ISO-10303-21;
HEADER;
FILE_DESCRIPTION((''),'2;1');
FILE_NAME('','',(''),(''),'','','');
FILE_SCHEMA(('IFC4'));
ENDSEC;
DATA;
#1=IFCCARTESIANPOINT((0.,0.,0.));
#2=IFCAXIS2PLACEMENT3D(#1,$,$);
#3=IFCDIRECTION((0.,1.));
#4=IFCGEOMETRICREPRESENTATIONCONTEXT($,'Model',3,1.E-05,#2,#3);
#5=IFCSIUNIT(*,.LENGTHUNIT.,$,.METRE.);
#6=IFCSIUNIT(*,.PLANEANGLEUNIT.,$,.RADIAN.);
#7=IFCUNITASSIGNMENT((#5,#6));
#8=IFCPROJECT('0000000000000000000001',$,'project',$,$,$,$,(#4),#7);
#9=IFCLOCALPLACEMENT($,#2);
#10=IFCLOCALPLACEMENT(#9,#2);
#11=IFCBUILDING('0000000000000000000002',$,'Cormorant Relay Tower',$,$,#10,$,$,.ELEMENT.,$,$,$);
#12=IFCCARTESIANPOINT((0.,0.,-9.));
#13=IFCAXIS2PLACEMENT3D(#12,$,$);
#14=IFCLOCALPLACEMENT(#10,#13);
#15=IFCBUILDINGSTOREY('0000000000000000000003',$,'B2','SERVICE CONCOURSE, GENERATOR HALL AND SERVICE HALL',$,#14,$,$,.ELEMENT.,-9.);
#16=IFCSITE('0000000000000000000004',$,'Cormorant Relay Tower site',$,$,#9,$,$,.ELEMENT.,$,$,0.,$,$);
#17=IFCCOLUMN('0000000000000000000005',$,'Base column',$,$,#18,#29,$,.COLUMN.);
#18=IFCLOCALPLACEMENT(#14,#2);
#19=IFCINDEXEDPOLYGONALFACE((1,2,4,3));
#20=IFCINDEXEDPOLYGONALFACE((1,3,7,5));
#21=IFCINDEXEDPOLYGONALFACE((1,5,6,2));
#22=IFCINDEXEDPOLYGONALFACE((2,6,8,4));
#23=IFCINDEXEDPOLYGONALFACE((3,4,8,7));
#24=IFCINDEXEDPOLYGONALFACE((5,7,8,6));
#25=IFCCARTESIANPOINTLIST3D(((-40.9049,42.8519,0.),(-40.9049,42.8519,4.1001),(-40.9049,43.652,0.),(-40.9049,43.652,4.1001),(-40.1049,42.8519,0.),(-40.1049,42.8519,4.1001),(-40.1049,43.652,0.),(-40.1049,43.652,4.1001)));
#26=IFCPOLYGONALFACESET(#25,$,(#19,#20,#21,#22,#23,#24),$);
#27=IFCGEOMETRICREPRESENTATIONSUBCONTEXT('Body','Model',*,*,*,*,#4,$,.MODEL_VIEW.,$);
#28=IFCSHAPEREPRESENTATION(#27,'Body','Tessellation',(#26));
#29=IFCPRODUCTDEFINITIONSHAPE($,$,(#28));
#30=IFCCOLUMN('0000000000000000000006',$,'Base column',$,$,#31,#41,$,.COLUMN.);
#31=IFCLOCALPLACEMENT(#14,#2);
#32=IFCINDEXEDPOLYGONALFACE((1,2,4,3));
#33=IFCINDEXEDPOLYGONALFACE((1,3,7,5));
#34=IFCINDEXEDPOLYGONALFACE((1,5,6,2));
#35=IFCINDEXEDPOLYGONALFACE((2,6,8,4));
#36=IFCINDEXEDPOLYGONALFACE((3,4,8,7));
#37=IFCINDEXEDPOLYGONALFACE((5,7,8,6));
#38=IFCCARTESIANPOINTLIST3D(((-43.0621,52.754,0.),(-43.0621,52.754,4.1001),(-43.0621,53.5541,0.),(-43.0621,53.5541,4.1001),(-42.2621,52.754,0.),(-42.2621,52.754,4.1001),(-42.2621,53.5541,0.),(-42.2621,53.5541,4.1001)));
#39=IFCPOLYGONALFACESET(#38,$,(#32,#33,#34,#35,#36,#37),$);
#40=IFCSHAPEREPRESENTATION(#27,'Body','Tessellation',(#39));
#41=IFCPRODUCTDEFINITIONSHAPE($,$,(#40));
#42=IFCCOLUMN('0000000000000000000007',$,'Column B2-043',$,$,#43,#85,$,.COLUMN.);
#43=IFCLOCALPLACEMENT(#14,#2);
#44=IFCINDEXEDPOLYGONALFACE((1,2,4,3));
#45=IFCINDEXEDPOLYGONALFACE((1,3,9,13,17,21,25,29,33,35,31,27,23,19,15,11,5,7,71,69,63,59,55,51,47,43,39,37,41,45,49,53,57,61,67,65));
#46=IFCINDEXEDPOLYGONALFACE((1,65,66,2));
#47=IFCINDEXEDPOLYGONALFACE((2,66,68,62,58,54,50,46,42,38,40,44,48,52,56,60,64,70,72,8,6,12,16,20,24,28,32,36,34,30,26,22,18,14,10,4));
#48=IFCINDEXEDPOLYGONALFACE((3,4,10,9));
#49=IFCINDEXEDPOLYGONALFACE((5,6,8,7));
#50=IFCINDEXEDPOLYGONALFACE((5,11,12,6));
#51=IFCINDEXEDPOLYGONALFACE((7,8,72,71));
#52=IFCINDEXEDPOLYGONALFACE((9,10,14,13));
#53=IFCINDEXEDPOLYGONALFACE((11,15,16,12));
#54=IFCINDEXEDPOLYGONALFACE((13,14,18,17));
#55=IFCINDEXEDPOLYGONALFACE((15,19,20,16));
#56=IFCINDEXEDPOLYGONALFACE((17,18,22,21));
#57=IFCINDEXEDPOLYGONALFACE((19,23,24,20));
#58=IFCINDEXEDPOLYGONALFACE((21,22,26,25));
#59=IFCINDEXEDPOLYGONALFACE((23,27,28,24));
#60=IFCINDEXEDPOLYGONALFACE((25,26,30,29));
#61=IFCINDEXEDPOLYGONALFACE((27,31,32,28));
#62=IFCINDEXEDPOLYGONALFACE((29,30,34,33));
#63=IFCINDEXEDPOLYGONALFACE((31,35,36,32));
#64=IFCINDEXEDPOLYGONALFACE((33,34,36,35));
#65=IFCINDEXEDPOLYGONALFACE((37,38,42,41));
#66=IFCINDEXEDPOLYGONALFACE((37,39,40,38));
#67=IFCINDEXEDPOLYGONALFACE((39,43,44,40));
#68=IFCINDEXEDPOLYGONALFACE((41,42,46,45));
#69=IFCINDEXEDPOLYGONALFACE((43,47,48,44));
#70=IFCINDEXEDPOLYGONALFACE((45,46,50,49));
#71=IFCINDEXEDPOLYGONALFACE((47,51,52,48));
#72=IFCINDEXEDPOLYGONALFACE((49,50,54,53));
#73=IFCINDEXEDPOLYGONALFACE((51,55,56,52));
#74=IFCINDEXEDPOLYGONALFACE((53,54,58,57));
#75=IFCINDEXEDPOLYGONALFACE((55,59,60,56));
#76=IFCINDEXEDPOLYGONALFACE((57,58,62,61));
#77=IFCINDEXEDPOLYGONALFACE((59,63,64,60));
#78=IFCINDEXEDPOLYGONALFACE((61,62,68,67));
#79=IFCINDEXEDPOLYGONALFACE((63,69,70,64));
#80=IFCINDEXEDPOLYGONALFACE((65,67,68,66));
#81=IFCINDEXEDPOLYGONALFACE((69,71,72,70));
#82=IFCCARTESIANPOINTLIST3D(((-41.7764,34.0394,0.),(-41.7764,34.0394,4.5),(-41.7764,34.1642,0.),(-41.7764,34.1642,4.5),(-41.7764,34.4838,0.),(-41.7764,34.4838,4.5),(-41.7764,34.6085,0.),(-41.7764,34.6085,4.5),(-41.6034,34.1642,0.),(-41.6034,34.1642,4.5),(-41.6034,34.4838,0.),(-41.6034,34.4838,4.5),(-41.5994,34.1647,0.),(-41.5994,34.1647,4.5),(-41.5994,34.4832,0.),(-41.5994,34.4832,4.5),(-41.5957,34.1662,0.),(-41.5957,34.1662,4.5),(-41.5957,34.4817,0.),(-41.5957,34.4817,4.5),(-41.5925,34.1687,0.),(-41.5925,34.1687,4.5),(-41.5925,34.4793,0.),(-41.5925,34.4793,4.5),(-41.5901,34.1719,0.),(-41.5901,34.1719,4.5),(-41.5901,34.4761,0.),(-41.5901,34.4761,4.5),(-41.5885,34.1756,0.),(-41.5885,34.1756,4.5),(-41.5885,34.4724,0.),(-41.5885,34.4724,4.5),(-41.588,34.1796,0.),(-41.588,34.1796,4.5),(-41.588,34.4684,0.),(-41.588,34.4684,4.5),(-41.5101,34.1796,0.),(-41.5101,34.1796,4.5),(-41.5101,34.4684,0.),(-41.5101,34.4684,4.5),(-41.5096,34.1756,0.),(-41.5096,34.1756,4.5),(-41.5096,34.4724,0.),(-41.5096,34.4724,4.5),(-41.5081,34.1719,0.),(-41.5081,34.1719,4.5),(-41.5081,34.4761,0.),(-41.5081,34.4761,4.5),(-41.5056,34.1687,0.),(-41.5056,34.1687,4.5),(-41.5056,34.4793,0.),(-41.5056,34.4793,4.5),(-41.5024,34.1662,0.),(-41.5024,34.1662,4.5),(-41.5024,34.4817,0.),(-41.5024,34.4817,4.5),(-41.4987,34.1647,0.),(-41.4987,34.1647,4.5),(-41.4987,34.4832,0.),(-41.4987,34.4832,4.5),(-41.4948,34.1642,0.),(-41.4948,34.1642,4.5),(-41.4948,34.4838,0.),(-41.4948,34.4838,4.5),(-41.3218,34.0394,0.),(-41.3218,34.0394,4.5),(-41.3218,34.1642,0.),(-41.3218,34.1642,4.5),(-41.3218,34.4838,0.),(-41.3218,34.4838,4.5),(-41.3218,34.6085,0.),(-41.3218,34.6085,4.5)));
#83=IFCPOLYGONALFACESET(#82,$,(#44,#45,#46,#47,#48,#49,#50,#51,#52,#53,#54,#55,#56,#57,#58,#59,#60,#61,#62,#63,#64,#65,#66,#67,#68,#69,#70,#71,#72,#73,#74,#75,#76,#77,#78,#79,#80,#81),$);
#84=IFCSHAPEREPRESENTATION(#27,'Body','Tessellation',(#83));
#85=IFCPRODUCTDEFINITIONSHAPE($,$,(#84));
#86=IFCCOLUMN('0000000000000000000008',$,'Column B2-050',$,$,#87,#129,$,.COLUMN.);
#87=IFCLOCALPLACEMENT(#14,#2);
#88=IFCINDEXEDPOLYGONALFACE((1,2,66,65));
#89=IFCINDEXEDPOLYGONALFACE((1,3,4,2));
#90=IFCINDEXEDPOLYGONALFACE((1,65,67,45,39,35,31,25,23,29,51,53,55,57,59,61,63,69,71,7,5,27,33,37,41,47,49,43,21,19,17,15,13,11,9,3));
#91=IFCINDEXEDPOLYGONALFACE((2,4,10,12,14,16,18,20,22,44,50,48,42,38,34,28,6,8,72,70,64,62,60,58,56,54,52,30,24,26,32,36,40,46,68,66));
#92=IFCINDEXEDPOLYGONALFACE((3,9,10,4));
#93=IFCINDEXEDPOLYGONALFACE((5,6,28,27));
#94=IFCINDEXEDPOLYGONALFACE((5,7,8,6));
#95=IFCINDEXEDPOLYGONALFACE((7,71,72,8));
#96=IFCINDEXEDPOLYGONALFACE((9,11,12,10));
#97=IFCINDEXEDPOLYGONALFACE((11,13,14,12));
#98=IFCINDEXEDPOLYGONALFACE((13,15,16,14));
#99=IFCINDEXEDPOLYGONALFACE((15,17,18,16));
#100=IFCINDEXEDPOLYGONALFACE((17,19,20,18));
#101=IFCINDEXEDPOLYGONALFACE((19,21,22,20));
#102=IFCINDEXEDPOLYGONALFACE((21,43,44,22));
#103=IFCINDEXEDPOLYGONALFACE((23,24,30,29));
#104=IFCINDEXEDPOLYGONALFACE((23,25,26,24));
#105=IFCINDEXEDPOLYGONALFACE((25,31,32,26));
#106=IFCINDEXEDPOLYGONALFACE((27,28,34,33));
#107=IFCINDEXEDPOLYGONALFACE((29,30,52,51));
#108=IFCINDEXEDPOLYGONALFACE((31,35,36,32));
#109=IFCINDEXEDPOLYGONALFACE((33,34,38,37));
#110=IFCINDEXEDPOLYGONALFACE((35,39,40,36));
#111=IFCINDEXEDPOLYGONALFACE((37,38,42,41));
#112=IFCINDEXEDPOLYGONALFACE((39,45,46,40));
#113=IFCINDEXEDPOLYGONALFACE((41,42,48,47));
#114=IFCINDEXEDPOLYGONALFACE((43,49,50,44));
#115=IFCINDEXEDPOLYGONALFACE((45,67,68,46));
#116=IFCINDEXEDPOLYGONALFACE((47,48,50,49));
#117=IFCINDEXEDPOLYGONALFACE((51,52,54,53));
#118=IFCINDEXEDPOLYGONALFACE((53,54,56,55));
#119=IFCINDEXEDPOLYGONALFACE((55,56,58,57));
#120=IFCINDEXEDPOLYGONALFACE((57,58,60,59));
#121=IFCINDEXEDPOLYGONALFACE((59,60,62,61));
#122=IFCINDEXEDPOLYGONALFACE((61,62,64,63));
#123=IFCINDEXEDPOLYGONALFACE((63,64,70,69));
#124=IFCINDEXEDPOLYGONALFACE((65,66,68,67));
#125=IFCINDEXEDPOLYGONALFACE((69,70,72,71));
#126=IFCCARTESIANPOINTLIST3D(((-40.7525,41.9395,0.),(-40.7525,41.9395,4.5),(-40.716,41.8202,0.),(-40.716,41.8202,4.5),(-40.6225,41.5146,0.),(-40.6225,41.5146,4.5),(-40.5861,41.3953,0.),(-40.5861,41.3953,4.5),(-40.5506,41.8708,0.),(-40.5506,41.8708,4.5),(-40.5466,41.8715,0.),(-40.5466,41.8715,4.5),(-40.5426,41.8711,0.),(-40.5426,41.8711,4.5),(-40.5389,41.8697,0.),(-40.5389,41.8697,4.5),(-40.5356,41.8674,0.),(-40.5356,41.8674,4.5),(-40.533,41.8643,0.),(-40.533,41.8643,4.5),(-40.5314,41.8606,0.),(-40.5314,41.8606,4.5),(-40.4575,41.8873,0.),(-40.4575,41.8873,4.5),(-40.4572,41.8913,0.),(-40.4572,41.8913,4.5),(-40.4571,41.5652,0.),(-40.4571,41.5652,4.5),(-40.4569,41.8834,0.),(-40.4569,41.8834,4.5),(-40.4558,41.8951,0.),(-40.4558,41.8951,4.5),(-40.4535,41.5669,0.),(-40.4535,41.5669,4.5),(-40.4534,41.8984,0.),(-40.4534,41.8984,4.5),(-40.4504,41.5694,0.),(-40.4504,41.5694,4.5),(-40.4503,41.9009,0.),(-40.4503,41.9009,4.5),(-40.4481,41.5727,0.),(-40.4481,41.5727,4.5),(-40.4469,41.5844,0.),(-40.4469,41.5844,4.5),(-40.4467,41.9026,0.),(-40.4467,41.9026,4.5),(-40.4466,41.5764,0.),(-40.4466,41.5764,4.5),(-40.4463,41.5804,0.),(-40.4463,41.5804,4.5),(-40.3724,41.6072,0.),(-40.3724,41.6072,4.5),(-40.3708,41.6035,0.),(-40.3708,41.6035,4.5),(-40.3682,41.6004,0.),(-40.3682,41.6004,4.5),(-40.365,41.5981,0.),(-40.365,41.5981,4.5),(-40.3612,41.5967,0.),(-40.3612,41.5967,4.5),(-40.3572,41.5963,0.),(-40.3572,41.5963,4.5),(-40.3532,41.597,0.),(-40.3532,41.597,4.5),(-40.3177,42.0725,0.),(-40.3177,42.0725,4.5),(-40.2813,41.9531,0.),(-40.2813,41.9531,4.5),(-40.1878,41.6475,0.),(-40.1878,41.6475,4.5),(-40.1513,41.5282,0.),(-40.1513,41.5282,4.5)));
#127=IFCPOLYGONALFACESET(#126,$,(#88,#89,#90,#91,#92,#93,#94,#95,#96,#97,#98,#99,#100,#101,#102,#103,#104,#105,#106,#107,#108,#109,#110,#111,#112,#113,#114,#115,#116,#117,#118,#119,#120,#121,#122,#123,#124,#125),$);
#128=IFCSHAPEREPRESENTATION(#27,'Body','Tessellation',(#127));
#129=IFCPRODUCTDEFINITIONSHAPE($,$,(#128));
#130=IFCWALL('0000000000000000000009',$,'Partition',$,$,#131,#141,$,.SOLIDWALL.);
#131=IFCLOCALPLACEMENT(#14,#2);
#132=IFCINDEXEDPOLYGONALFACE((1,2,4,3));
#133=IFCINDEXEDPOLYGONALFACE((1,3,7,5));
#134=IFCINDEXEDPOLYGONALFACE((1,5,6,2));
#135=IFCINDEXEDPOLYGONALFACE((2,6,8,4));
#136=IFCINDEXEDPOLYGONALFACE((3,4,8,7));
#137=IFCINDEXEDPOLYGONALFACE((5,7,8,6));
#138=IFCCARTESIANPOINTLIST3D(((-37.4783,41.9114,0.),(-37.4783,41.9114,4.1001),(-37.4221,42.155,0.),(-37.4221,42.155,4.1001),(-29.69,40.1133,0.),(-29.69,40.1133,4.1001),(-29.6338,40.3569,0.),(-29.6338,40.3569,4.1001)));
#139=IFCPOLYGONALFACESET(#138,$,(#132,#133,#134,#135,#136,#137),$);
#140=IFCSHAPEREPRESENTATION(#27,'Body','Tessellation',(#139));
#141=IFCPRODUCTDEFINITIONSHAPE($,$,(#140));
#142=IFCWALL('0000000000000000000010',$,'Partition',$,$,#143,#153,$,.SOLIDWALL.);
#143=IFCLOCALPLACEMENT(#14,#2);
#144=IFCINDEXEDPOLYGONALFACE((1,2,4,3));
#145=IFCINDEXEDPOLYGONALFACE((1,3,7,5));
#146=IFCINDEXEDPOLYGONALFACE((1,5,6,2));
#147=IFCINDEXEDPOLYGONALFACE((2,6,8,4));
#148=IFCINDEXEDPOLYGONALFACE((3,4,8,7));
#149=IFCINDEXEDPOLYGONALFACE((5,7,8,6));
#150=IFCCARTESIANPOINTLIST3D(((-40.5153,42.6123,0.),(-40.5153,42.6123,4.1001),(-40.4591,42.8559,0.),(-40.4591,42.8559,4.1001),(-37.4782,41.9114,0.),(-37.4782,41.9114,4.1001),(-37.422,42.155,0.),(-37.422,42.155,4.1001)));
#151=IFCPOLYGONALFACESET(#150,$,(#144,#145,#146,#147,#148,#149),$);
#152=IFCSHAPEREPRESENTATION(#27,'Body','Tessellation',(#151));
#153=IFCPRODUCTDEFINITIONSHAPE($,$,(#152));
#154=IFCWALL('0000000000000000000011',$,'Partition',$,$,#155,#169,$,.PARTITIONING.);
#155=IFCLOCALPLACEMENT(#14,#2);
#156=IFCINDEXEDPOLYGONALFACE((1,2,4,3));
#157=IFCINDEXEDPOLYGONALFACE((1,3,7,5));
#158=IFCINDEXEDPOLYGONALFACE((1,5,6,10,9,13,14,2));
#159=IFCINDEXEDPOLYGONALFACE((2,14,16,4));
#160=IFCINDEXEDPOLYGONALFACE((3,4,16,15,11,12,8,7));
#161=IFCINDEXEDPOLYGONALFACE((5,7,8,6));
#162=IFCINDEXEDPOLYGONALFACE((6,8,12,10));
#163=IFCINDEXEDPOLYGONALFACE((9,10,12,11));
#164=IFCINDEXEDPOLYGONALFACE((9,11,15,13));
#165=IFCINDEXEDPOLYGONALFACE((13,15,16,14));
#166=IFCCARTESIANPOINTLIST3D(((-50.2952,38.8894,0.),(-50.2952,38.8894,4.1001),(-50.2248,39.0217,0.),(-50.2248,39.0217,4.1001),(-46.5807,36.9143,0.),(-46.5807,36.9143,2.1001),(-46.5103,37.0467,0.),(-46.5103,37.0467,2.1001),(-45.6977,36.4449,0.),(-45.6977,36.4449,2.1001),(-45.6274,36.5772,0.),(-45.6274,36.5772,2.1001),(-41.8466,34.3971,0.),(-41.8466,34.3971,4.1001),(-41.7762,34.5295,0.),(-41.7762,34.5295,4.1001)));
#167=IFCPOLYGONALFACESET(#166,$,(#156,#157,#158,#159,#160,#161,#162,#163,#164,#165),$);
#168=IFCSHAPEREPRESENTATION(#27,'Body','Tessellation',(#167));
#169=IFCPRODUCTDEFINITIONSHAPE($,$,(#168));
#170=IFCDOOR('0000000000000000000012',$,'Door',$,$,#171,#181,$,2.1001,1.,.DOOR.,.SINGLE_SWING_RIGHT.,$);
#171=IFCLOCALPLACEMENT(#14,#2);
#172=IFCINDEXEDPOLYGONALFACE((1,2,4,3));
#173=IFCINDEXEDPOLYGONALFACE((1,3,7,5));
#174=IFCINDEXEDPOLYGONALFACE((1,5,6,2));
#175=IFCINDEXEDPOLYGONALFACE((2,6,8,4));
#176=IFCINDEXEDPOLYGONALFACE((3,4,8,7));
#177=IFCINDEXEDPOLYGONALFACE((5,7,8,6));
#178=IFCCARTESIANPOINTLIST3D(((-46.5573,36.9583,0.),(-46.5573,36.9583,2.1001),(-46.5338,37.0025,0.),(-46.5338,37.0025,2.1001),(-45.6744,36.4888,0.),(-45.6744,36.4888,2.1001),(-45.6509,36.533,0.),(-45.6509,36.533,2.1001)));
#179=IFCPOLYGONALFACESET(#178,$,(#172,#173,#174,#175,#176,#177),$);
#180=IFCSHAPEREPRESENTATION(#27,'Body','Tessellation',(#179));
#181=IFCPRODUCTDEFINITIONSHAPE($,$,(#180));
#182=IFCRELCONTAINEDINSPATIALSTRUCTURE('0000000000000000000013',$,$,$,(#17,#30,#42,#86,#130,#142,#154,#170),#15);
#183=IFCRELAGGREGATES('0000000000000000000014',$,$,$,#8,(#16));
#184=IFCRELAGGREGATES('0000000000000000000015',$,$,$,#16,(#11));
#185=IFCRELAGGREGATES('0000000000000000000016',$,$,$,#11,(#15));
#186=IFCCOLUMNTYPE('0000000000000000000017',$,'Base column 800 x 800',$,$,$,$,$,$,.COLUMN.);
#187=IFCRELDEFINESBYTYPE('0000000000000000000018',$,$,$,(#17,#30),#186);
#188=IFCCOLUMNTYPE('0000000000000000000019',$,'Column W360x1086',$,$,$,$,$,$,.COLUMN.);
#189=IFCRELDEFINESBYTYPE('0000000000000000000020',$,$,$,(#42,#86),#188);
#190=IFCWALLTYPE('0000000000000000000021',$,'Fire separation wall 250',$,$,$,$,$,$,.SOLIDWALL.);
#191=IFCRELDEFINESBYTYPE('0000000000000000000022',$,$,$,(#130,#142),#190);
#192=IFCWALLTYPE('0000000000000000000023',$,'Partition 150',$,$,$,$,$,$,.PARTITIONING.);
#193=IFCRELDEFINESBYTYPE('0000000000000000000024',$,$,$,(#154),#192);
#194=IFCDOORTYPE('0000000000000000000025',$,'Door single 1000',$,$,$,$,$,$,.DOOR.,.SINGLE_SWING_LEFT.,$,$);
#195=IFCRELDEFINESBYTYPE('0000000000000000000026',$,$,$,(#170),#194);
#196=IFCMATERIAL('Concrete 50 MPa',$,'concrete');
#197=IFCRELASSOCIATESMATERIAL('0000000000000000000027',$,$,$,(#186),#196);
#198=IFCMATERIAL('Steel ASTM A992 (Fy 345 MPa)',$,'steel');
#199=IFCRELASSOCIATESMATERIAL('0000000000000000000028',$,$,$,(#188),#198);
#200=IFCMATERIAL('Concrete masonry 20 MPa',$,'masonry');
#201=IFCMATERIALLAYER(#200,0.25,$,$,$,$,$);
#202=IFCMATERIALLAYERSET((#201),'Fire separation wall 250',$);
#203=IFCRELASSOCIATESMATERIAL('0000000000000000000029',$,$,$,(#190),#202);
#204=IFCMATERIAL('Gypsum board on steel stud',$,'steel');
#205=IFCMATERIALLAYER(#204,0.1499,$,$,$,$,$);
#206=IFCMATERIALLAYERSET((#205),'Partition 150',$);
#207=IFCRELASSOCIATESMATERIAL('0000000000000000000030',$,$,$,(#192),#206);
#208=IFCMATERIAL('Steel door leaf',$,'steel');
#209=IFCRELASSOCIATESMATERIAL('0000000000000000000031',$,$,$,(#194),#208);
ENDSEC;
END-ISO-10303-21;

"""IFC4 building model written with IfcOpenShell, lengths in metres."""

from ifc_helpers import new_model, si_unit, direction, frame, frame_2d, origin, origin_2d, place, context, subcontext, project, spatial, rectangle, i_section, extrude, material, layer, layer_set, material_profile, profile_set, type_object, element, fill, save


model = new_model("IFC4")

# Units and contexts
model_context = context("Model", 3, precision=1e-05, world=origin(), true_north=direction((0.0, 1.0)))
body_context = subcontext(model_context, "Body", "Model", "MODEL_VIEW")
ifc_project = project(units=[si_unit("LENGTHUNIT", "METRE"), si_unit("PLANEANGLEUNIT", "RADIAN")], contexts=[model_context])

# Site, building, storey
site_placement = place(None, origin())
site = spatial("IfcSite", under=ifc_project, at=site_placement, Name="Cormorant Relay Tower site", CompositionType="ELEMENT", RefElevation=0.0)
building_placement = place(site_placement, origin())
building = spatial("IfcBuilding", under=site, at=building_placement, Name="Cormorant Relay Tower", CompositionType="ELEMENT")
storey_placement = place(building_placement, frame((0.0, 0.0, -9.0)))
storey = spatial("IfcBuildingStorey", under=building, at=storey_placement, Name="B2", Description="SERVICE CONCOURSE, GENERATOR HALL AND SERVICE HALL", CompositionType="ELEMENT", Elevation=-9.0)

# Columns
ifc_material_1 = material(Name="Concrete 50 MPa", Category="concrete")
ifc_material_profile_1 = material_profile(ifc_material_1, rectangle(XDim=0.8, YDim=0.8, at=origin_2d()), Name="RC 800x800")
ifc_profile_set_1 = profile_set([ifc_material_profile_1], Name="Concrete 50 MPa")
column_type_1 = type_object("IfcColumnType", Name="Base column 800 x 800", PredefinedType="COLUMN", material=ifc_profile_set_1)
for number, where, z_axis, x_axis, name in (
    (1, (-40.5049, 43.252, 0.0), (0.0, 0.0, 1.0), (1.0, 0.0, 0.0), "Base column"),
    (2, (-42.6621, 53.1541, 0.0), (0.0, 0.0, 1.0), (1.0, 0.0, 0.0), "Base column"),
):
    element("IfcColumn", number, at=place(storey_placement, frame(where, z_axis=z_axis, x_axis=x_axis)), inside=storey, type_object=column_type_1, Name=name, PredefinedType="COLUMN", context=body_context, shape_type="SweptSolid", body=[
        extrude(rectangle(XDim=0.8, YDim=0.8, at=origin_2d()), origin(), (0.0, 0.0, 1.0), 4.1001),
    ])
ifc_material_2 = material(Name="Steel ASTM A992 (Fy 345 MPa)", Category="steel")
ifc_material_profile_2 = material_profile(ifc_material_2, i_section(OverallWidth=0.4546, OverallDepth=0.5691, WebThickness=0.0779, FlangeThickness=0.1248, FilletRadius=0.0154, at=origin_2d()), Name="W360x1086")
ifc_profile_set_2 = profile_set([ifc_material_profile_2], Name="Steel ASTM A992 (Fy 345 MPa)")
column_type_2 = type_object("IfcColumnType", Name="Column W360x1086", PredefinedType="COLUMN", material=ifc_profile_set_2)
for number, where, z_axis, x_axis, name in (
    (3, (-41.5491, 34.324, 0.0), (0.0, 0.0, 1.0), (1.0, 0.0, 0.0), "Column B2-043"),
    (4, (-40.4519, 41.7339, 0.0), (0.0, 0.0, 1.0), (-0.956305, -0.292372, 0.0), "Column B2-050"),
):
    element("IfcColumn", number, at=place(storey_placement, frame(where, z_axis=z_axis, x_axis=x_axis)), inside=storey, type_object=column_type_2, Name=name, PredefinedType="COLUMN", context=body_context, shape_type="SweptSolid", body=[
        extrude(i_section(OverallWidth=0.4546, OverallDepth=0.5691, WebThickness=0.0779, FlangeThickness=0.1248, FilletRadius=0.0154, at=origin_2d()), origin(), (0.0, 0.0, 1.0), 4.5),
    ])

# Walls
ifc_material_3 = material(Name="Concrete masonry 20 MPa", Category="masonry")
ifc_layer_1 = layer(ifc_material_3, 0.25)
ifc_layer_set_1 = layer_set([ifc_layer_1], Name="Fire separation wall 250")
wall_type_1 = type_object("IfcWallType", Name="Fire separation wall 250", PredefinedType="SOLIDWALL", material=ifc_layer_set_1)
wall_1_placement = place(storey_placement, frame((-37.4502, 42.0332, 0.0), z_axis=(0.0, 0.0, 1.0), x_axis=(0.97437, -0.224953, 0.0)))
element("IfcWall", 5, at=wall_1_placement, inside=storey, type_object=wall_type_1, Name="Partition", PredefinedType="SOLIDWALL", context=body_context, shape_type="SweptSolid", body=[
    extrude(rectangle(XDim=7.9932, YDim=0.25, at=frame_2d((3.9966, 0.0))), origin(), (0.0, 0.0, 1.0), 4.1001),
])
wall_2_placement = place(storey_placement, frame((-40.4873, 42.7341, 0.0), z_axis=(0.0, 0.0, 1.0), x_axis=(0.974387, -0.224877, 0.0)))
element("IfcWall", 6, at=wall_2_placement, inside=storey, type_object=wall_type_1, Name="Partition", PredefinedType="SOLIDWALL", context=body_context, shape_type="SweptSolid", body=[
    extrude(rectangle(XDim=3.1169, YDim=0.25, at=frame_2d((1.5586, 0.0))), origin(), (0.0, 0.0, 1.0), 4.1001),
])

# Wall, opening, door
ifc_material_4 = material(Name="Gypsum board on steel stud", Category="steel")
ifc_layer_2 = layer(ifc_material_4, 0.1499)
ifc_layer_set_2 = layer_set([ifc_layer_2], Name="Partition 150")
wall_type_2 = type_object("IfcWallType", Name="Partition 150", PredefinedType="PARTITIONING", material=ifc_layer_set_2)
wall_3_placement = place(storey_placement, frame((-41.8115, 34.4634, 0.0), z_axis=(0.0, 0.0, 1.0), x_axis=(-0.882946, 0.469475, 0.0)))
wall_3 = element("IfcWall", 7, at=wall_3_placement, inside=storey, type_object=wall_type_2, Name="Partition", PredefinedType="PARTITIONING", context=body_context, shape_type="SweptSolid", body=[
    extrude(rectangle(XDim=9.5686, YDim=0.1499, at=frame_2d((4.7842, 0.0))), origin(), (0.0, 0.0, 1.0), 4.1001),
])
opening_placement = place(wall_3_placement, frame((4.3616, 0.0, 0.0)))
opening = element("IfcOpeningElement", 8, at=opening_placement, cuts=wall_3, PredefinedType="OPENING", context=body_context, shape_type="SweptSolid", body=[
    extrude(rectangle(XDim=1.0, YDim=2.1001, at=frame_2d((0.5, 1.05))), frame((0.0, 0.085, 0.0), z_axis=(0.0, -1.0, 0.0), x_axis=(1.0, 0.0, 0.0)), (0.0, 0.0, 1.0), 0.1699),
])
ifc_material_5 = material(Name="Steel door leaf", Category="steel")
door_type = type_object("IfcDoorType", Name="Door single 1000", OperationType="SINGLE_SWING_LEFT", PredefinedType="DOOR", material=ifc_material_5)
door_placement = place(opening_placement, frame((1.0, 0.0, 0.0), z_axis=(0.0, 0.0, 1.0), x_axis=(-1.0, 0.0, 0.0)))
door = element("IfcDoor", 9, at=door_placement, inside=storey, type_object=door_type, Name="Door", OperationType="SINGLE_SWING_RIGHT", OverallHeight=2.1001, OverallWidth=1.0, PredefinedType="DOOR", context=body_context, shape_type="SweptSolid", body=[
    extrude(rectangle(XDim=1.0, YDim=2.1001, at=frame_2d((0.5, 1.05))), frame((0.0, 0.0249, 0.0), z_axis=(0.0, -1.0, 0.0), x_axis=(1.0, 0.0, 0.0)), (0.0, 0.0, 1.0), 0.05),
])
fill(opening, door)

save(model, "model.ifc")
